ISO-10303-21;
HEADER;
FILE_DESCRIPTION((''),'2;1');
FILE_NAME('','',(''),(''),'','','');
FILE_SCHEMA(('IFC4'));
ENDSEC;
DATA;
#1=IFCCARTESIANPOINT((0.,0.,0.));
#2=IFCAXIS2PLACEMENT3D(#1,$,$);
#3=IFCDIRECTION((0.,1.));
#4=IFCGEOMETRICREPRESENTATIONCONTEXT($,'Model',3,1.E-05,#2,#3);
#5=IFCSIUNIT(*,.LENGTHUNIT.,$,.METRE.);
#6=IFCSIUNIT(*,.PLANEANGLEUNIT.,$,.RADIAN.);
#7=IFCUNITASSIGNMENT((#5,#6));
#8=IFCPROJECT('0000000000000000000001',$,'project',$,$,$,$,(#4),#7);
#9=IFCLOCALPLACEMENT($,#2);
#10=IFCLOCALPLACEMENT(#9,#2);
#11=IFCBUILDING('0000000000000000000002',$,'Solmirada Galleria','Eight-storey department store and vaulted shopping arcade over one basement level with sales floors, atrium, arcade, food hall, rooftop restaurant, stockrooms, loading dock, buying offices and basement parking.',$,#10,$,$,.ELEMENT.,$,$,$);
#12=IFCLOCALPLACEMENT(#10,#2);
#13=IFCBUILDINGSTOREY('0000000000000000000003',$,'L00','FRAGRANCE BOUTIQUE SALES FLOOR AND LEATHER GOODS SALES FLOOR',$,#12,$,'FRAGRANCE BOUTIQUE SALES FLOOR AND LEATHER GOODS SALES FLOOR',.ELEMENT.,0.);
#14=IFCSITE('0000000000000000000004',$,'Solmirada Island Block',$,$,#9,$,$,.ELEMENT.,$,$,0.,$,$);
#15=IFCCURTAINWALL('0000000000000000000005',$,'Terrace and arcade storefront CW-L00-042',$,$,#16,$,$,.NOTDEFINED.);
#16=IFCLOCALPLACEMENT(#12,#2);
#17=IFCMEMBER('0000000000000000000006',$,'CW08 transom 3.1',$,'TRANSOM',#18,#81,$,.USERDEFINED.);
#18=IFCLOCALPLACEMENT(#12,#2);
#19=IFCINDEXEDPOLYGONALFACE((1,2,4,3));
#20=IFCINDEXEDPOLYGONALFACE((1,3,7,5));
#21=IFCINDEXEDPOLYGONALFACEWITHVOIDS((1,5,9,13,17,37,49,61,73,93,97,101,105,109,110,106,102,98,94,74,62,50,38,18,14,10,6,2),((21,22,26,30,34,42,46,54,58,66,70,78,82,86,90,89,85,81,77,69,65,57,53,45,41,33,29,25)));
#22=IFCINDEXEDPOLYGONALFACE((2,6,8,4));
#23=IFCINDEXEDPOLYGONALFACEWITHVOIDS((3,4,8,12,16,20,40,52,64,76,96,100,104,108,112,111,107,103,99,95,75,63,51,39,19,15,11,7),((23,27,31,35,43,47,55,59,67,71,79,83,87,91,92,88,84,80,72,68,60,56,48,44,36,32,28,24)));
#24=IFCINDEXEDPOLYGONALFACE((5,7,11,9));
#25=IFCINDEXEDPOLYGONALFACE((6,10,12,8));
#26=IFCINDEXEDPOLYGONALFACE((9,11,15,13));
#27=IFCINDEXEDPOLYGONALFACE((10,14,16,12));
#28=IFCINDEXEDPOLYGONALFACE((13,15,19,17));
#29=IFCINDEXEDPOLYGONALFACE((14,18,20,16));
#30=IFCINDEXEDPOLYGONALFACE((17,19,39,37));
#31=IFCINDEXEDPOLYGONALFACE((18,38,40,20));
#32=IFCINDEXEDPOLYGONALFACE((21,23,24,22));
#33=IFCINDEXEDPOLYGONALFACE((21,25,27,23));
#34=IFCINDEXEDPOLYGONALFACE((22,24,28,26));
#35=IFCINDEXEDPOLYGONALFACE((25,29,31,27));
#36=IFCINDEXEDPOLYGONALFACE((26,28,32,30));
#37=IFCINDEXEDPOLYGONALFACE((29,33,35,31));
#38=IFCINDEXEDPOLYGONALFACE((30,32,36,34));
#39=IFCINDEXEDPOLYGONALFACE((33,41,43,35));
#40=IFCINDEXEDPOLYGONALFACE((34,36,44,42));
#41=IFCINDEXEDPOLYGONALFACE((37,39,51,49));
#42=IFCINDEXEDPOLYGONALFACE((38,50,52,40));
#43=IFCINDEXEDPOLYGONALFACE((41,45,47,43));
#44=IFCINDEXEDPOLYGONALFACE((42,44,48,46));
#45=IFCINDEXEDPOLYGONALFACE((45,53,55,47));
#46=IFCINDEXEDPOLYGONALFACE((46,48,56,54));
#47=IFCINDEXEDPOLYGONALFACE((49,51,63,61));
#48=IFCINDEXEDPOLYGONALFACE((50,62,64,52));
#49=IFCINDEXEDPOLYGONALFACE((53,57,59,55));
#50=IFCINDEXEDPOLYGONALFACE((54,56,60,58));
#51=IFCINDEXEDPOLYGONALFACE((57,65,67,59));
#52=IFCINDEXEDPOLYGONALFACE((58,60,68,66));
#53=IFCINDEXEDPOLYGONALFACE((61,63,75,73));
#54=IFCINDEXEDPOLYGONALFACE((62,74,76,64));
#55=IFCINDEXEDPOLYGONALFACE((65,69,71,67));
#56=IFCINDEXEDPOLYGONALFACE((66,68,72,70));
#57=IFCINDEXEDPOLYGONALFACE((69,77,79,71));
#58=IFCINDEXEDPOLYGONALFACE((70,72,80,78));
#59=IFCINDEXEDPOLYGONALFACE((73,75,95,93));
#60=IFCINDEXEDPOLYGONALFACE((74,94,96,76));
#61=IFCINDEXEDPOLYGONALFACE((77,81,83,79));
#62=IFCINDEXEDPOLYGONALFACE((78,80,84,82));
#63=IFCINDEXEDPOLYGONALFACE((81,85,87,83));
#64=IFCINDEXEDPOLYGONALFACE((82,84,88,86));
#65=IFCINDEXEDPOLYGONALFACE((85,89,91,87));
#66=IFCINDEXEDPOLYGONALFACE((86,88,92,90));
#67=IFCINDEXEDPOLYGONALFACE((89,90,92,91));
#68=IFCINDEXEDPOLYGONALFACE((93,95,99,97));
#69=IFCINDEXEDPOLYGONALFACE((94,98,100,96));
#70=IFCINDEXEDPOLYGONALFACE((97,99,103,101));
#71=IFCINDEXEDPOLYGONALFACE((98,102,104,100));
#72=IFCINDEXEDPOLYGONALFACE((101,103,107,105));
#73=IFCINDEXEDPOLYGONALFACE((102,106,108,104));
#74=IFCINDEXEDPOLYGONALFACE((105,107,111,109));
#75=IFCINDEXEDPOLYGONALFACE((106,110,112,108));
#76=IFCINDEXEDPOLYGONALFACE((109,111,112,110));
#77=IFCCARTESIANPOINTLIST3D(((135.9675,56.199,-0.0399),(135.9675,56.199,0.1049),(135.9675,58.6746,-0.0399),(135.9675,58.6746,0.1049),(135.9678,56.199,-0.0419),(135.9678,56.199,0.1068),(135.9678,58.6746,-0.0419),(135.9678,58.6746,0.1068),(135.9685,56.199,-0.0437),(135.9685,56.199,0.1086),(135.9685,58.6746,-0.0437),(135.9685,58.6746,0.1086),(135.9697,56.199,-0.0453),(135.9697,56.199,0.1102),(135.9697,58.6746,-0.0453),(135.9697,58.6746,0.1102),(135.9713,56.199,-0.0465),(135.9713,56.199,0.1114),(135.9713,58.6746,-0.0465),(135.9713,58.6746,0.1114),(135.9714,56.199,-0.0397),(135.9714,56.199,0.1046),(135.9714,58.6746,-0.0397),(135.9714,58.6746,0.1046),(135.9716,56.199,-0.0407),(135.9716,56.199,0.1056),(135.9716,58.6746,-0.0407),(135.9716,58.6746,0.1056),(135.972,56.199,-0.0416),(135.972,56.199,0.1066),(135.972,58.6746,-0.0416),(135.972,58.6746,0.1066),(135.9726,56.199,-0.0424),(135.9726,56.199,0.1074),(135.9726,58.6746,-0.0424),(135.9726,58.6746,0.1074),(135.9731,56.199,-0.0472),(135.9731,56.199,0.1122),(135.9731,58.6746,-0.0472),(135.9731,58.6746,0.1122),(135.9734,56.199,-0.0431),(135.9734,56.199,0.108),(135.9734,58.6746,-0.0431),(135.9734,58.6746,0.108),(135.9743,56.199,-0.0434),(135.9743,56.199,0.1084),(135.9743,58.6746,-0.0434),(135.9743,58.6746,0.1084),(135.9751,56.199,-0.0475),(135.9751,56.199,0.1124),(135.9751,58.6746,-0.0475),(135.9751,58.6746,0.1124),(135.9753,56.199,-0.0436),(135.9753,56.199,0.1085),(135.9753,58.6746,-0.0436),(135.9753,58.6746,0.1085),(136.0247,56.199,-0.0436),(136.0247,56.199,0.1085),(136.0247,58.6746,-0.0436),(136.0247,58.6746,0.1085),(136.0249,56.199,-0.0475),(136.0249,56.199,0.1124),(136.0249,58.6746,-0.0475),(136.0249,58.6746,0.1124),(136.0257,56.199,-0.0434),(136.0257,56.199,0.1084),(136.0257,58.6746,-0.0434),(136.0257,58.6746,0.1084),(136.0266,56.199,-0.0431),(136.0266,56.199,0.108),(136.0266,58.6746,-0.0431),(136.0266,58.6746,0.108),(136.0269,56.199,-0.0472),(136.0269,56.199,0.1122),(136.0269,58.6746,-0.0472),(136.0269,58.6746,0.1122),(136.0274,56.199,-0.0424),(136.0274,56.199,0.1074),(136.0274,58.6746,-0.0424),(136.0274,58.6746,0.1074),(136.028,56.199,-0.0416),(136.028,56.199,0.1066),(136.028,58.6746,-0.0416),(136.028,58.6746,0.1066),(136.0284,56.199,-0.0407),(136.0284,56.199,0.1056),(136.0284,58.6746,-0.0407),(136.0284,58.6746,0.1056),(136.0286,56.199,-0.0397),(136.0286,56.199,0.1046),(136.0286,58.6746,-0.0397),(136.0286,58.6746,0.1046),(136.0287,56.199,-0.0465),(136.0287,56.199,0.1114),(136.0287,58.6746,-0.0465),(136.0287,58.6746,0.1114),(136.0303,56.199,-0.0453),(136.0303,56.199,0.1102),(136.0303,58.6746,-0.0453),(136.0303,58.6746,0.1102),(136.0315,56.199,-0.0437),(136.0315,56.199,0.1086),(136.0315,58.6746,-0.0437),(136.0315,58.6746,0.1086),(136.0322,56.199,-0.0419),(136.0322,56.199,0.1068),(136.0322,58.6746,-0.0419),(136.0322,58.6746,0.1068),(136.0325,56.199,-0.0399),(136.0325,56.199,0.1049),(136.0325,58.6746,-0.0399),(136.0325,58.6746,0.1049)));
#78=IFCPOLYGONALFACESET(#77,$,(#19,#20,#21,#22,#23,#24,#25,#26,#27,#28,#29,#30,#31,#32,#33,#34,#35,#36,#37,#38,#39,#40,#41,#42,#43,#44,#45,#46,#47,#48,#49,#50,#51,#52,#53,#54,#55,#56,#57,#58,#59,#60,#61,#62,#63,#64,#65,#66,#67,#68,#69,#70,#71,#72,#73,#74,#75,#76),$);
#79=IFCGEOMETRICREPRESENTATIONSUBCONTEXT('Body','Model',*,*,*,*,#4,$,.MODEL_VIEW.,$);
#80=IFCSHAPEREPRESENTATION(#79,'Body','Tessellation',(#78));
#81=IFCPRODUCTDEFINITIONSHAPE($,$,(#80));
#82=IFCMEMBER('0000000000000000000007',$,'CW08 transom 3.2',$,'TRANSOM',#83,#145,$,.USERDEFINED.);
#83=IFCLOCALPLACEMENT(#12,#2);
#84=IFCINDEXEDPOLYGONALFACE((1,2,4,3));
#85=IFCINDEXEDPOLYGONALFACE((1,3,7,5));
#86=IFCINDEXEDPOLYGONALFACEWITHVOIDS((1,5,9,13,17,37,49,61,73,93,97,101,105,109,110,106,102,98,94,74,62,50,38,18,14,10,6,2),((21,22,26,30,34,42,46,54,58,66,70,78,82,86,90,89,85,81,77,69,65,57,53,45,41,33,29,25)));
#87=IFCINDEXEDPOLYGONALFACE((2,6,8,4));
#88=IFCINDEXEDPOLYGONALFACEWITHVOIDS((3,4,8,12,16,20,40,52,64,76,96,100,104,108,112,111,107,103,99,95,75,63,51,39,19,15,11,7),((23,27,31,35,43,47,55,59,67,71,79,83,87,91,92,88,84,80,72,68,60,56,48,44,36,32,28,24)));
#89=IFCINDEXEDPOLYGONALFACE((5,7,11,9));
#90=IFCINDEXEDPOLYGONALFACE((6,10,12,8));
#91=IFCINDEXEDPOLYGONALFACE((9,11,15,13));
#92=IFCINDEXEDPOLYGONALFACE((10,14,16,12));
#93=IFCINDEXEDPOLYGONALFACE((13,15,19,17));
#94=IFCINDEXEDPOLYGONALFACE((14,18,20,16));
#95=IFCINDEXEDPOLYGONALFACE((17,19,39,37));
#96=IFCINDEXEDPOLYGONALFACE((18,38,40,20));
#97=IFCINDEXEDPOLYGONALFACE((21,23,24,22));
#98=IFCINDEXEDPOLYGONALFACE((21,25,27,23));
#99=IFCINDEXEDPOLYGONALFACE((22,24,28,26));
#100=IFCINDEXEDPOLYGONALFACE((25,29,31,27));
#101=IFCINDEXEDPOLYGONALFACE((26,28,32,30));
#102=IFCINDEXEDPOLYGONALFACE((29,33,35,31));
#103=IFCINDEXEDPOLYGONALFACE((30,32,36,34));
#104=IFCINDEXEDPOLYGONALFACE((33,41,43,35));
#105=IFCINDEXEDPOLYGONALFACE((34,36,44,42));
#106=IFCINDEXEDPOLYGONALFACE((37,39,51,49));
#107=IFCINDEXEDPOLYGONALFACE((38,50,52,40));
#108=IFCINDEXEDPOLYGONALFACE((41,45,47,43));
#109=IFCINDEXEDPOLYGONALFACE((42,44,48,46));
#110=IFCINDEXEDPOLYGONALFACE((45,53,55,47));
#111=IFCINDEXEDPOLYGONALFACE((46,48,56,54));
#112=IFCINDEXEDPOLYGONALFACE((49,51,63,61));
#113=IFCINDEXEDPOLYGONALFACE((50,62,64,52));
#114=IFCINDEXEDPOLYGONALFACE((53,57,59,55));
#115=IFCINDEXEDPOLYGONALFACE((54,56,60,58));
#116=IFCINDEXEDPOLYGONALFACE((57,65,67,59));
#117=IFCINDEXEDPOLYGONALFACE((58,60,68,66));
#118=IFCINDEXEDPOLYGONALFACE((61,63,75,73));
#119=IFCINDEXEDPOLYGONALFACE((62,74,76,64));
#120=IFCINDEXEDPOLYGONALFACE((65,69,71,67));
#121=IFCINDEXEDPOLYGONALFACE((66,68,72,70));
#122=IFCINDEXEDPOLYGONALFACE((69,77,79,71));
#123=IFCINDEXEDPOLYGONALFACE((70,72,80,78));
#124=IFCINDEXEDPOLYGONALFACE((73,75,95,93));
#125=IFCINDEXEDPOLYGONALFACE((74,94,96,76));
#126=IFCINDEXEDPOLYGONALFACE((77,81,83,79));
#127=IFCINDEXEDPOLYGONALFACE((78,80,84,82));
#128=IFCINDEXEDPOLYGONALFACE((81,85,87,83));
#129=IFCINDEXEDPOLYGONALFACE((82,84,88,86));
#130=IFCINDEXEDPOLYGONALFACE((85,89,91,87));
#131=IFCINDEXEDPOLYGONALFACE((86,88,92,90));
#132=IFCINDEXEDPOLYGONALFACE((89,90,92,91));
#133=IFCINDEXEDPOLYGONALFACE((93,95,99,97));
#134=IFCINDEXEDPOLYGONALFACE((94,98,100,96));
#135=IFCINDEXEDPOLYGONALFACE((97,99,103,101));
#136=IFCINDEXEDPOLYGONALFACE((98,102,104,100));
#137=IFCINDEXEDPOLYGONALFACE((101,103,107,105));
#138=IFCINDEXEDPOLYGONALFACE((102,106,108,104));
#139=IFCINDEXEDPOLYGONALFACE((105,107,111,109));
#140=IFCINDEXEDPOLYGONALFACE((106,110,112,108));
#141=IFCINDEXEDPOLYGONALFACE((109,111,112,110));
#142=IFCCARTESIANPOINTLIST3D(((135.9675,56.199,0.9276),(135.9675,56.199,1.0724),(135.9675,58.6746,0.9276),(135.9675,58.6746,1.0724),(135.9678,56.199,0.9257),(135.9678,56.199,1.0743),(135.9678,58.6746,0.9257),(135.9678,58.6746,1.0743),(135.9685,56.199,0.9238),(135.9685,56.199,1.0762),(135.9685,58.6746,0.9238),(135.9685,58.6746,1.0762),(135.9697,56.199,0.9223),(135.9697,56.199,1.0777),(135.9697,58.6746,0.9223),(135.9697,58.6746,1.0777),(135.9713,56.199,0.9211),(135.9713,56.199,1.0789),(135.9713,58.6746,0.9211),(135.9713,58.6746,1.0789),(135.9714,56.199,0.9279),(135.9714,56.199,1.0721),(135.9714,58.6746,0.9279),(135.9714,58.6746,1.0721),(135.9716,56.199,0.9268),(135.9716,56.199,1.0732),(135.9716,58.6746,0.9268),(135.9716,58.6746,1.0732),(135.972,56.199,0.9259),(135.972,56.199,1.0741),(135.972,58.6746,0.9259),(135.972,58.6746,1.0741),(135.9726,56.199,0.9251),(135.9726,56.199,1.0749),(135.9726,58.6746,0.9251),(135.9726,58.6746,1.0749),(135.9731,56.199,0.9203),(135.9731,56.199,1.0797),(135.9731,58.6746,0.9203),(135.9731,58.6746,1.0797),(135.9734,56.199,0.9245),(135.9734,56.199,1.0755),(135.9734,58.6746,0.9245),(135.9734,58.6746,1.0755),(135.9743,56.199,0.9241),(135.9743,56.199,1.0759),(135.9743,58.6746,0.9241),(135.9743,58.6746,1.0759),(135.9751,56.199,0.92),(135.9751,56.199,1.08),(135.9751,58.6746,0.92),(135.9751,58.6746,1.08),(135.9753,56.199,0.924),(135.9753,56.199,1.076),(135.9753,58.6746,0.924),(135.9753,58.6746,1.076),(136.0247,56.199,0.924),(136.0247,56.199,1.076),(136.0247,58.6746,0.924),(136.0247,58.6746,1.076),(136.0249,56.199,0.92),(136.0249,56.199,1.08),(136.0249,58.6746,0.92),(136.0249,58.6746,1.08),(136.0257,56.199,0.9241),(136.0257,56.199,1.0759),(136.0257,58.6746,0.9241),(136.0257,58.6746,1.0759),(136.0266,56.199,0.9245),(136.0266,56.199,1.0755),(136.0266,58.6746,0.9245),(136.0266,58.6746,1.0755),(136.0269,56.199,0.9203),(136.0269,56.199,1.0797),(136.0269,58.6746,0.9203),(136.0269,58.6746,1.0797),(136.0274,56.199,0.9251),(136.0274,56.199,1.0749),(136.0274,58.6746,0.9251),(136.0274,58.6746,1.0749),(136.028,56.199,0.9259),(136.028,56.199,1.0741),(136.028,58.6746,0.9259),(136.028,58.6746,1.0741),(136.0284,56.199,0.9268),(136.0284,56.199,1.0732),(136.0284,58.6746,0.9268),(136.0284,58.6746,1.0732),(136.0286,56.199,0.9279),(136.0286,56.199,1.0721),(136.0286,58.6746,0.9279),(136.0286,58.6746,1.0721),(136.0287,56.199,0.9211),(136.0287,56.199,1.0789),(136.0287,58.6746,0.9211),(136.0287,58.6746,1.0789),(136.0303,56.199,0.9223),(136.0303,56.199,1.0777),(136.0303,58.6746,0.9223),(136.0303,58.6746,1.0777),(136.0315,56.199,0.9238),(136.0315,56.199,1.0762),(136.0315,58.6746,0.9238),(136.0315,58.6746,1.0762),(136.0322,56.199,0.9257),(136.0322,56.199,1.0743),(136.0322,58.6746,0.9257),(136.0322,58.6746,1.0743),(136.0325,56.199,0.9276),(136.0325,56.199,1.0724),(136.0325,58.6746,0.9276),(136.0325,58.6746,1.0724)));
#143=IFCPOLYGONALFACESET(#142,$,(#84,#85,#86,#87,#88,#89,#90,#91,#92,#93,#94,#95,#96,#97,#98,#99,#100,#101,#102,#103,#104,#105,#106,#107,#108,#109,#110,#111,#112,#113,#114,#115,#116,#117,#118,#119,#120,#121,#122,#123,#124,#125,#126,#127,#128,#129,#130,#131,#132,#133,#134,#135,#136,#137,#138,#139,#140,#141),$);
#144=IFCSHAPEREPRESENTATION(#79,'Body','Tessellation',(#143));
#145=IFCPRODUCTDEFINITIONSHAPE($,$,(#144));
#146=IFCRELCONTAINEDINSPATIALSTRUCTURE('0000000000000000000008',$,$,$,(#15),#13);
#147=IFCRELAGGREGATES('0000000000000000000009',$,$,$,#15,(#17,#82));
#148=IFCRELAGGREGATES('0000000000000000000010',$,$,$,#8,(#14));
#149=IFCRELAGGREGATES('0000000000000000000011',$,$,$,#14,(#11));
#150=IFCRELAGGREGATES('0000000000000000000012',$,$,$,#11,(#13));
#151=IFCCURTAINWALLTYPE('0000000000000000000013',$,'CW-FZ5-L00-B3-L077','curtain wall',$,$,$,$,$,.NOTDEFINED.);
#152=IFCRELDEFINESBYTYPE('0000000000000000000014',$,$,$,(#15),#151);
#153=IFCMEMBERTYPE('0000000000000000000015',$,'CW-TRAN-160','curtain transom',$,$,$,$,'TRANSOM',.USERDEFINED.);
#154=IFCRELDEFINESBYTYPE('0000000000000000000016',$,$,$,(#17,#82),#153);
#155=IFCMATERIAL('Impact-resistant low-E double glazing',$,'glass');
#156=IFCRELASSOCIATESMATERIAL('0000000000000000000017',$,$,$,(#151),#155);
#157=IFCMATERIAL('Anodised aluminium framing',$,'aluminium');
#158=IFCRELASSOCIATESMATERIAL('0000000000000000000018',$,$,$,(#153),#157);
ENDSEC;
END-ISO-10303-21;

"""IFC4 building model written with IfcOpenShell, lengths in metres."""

from ifc_helpers import new_model, si_unit, direction, frame, origin, origin_2d, place, context, subcontext, project, spatial, hollow_rectangle, extrude, material, material_profile, profile_set, type_object, element, aggregate, save


model = new_model("IFC4")

# Units and contexts
model_context = context("Model", 3, precision=1e-05, world=origin(), true_north=direction((0.0, 1.0)))
body_context = subcontext(model_context, "Body", "Model", "MODEL_VIEW")
ifc_project = project(units=[si_unit("LENGTHUNIT", "METRE"), si_unit("PLANEANGLEUNIT", "RADIAN")], contexts=[model_context])

# Site, building, storey
site_placement = place(None, origin())
site = spatial("IfcSite", under=ifc_project, at=site_placement, Name="Solmirada Island Block", CompositionType="ELEMENT", RefElevation=0.0)
building_placement = place(site_placement, origin())
building = spatial("IfcBuilding", under=site, at=building_placement, Name="Solmirada Galleria", Description="Eight-storey department store and vaulted shopping arcade over one basement level with sales floors, atrium, arcade, food hall, rooftop restaurant, stockrooms, loading dock, buying offices and basement parking.", CompositionType="ELEMENT")
storey_placement = place(building_placement, origin())
storey = spatial("IfcBuildingStorey", under=building, at=storey_placement, Name="L00", Description="FRAGRANCE BOUTIQUE SALES FLOOR AND LEATHER GOODS SALES FLOOR", LongName="FRAGRANCE BOUTIQUE SALES FLOOR AND LEATHER GOODS SALES FLOOR", CompositionType="ELEMENT", Elevation=0.0)

# Curtain wall
ifc_material_1 = material(Name="Impact-resistant low-E double glazing", Category="glass")
curtain_wall_type = type_object("IfcCurtainWallType", Name="CW-FZ5-L00-B3-L077", Description="curtain wall", PredefinedType="NOTDEFINED", material=ifc_material_1)
ifc_material_2 = material(Name="Anodised aluminium framing", Category="aluminium")
curtain_wall_1_placement = place(storey_placement, origin())
curtain_wall_1 = element("IfcCurtainWall", 1, at=curtain_wall_1_placement, inside=storey, type_object=curtain_wall_type, Name="Terrace and arcade storefront CW-L00-042", PredefinedType="NOTDEFINED")

# Members
ifc_material_profile_1 = material_profile(ifc_material_2, hollow_rectangle(XDim=0.0649, YDim=0.1599, WallThickness=0.0039, InnerFilletRadius=0.0039, OuterFilletRadius=0.0076, at=origin_2d()), Name="ALU-TRAN-160X65")
ifc_profile_set_1 = profile_set([ifc_material_profile_1], Name="Anodised aluminium framing")
member_type_1 = type_object("IfcMemberType", Name="CW-TRAN-160", Description="curtain transom", ElementType="TRANSOM", PredefinedType="USERDEFINED", material=ifc_profile_set_1)
member_1_placement = place(storey_placement, frame((136.0, 58.6746, 0.0325), z_axis=(0.0, -1.0, 0.0), x_axis=(1.0, 0.0, 0.0)))
member_1 = element("IfcMember", 2, at=member_1_placement, type_object=member_type_1, Name="CW08 transom 3.1", ObjectType="TRANSOM", PredefinedType="USERDEFINED", context=body_context, shape_type="SweptSolid", body=[
    extrude(hollow_rectangle(XDim=0.0649, YDim=0.1599, WallThickness=0.0039, InnerFilletRadius=0.0039, OuterFilletRadius=0.0076, at=origin_2d()), origin(), (0.0, 0.0, 1.0), 2.4756),
])
member_2_placement = place(storey_placement, frame((136.0, 58.6746, 1.0), z_axis=(0.0, -1.0, 0.0), x_axis=(1.0, 0.0, 0.0)))
member_2 = element("IfcMember", 3, at=member_2_placement, type_object=member_type_1, Name="CW08 transom 3.2", ObjectType="TRANSOM", PredefinedType="USERDEFINED", context=body_context, shape_type="SweptSolid", body=[
    extrude(hollow_rectangle(XDim=0.0649, YDim=0.1599, WallThickness=0.0039, InnerFilletRadius=0.0039, OuterFilletRadius=0.0076, at=origin_2d()), origin(), (0.0, 0.0, 1.0), 2.4756),
])

aggregate(curtain_wall_1, [member_1, member_2])

save(model, "model.ifc")
